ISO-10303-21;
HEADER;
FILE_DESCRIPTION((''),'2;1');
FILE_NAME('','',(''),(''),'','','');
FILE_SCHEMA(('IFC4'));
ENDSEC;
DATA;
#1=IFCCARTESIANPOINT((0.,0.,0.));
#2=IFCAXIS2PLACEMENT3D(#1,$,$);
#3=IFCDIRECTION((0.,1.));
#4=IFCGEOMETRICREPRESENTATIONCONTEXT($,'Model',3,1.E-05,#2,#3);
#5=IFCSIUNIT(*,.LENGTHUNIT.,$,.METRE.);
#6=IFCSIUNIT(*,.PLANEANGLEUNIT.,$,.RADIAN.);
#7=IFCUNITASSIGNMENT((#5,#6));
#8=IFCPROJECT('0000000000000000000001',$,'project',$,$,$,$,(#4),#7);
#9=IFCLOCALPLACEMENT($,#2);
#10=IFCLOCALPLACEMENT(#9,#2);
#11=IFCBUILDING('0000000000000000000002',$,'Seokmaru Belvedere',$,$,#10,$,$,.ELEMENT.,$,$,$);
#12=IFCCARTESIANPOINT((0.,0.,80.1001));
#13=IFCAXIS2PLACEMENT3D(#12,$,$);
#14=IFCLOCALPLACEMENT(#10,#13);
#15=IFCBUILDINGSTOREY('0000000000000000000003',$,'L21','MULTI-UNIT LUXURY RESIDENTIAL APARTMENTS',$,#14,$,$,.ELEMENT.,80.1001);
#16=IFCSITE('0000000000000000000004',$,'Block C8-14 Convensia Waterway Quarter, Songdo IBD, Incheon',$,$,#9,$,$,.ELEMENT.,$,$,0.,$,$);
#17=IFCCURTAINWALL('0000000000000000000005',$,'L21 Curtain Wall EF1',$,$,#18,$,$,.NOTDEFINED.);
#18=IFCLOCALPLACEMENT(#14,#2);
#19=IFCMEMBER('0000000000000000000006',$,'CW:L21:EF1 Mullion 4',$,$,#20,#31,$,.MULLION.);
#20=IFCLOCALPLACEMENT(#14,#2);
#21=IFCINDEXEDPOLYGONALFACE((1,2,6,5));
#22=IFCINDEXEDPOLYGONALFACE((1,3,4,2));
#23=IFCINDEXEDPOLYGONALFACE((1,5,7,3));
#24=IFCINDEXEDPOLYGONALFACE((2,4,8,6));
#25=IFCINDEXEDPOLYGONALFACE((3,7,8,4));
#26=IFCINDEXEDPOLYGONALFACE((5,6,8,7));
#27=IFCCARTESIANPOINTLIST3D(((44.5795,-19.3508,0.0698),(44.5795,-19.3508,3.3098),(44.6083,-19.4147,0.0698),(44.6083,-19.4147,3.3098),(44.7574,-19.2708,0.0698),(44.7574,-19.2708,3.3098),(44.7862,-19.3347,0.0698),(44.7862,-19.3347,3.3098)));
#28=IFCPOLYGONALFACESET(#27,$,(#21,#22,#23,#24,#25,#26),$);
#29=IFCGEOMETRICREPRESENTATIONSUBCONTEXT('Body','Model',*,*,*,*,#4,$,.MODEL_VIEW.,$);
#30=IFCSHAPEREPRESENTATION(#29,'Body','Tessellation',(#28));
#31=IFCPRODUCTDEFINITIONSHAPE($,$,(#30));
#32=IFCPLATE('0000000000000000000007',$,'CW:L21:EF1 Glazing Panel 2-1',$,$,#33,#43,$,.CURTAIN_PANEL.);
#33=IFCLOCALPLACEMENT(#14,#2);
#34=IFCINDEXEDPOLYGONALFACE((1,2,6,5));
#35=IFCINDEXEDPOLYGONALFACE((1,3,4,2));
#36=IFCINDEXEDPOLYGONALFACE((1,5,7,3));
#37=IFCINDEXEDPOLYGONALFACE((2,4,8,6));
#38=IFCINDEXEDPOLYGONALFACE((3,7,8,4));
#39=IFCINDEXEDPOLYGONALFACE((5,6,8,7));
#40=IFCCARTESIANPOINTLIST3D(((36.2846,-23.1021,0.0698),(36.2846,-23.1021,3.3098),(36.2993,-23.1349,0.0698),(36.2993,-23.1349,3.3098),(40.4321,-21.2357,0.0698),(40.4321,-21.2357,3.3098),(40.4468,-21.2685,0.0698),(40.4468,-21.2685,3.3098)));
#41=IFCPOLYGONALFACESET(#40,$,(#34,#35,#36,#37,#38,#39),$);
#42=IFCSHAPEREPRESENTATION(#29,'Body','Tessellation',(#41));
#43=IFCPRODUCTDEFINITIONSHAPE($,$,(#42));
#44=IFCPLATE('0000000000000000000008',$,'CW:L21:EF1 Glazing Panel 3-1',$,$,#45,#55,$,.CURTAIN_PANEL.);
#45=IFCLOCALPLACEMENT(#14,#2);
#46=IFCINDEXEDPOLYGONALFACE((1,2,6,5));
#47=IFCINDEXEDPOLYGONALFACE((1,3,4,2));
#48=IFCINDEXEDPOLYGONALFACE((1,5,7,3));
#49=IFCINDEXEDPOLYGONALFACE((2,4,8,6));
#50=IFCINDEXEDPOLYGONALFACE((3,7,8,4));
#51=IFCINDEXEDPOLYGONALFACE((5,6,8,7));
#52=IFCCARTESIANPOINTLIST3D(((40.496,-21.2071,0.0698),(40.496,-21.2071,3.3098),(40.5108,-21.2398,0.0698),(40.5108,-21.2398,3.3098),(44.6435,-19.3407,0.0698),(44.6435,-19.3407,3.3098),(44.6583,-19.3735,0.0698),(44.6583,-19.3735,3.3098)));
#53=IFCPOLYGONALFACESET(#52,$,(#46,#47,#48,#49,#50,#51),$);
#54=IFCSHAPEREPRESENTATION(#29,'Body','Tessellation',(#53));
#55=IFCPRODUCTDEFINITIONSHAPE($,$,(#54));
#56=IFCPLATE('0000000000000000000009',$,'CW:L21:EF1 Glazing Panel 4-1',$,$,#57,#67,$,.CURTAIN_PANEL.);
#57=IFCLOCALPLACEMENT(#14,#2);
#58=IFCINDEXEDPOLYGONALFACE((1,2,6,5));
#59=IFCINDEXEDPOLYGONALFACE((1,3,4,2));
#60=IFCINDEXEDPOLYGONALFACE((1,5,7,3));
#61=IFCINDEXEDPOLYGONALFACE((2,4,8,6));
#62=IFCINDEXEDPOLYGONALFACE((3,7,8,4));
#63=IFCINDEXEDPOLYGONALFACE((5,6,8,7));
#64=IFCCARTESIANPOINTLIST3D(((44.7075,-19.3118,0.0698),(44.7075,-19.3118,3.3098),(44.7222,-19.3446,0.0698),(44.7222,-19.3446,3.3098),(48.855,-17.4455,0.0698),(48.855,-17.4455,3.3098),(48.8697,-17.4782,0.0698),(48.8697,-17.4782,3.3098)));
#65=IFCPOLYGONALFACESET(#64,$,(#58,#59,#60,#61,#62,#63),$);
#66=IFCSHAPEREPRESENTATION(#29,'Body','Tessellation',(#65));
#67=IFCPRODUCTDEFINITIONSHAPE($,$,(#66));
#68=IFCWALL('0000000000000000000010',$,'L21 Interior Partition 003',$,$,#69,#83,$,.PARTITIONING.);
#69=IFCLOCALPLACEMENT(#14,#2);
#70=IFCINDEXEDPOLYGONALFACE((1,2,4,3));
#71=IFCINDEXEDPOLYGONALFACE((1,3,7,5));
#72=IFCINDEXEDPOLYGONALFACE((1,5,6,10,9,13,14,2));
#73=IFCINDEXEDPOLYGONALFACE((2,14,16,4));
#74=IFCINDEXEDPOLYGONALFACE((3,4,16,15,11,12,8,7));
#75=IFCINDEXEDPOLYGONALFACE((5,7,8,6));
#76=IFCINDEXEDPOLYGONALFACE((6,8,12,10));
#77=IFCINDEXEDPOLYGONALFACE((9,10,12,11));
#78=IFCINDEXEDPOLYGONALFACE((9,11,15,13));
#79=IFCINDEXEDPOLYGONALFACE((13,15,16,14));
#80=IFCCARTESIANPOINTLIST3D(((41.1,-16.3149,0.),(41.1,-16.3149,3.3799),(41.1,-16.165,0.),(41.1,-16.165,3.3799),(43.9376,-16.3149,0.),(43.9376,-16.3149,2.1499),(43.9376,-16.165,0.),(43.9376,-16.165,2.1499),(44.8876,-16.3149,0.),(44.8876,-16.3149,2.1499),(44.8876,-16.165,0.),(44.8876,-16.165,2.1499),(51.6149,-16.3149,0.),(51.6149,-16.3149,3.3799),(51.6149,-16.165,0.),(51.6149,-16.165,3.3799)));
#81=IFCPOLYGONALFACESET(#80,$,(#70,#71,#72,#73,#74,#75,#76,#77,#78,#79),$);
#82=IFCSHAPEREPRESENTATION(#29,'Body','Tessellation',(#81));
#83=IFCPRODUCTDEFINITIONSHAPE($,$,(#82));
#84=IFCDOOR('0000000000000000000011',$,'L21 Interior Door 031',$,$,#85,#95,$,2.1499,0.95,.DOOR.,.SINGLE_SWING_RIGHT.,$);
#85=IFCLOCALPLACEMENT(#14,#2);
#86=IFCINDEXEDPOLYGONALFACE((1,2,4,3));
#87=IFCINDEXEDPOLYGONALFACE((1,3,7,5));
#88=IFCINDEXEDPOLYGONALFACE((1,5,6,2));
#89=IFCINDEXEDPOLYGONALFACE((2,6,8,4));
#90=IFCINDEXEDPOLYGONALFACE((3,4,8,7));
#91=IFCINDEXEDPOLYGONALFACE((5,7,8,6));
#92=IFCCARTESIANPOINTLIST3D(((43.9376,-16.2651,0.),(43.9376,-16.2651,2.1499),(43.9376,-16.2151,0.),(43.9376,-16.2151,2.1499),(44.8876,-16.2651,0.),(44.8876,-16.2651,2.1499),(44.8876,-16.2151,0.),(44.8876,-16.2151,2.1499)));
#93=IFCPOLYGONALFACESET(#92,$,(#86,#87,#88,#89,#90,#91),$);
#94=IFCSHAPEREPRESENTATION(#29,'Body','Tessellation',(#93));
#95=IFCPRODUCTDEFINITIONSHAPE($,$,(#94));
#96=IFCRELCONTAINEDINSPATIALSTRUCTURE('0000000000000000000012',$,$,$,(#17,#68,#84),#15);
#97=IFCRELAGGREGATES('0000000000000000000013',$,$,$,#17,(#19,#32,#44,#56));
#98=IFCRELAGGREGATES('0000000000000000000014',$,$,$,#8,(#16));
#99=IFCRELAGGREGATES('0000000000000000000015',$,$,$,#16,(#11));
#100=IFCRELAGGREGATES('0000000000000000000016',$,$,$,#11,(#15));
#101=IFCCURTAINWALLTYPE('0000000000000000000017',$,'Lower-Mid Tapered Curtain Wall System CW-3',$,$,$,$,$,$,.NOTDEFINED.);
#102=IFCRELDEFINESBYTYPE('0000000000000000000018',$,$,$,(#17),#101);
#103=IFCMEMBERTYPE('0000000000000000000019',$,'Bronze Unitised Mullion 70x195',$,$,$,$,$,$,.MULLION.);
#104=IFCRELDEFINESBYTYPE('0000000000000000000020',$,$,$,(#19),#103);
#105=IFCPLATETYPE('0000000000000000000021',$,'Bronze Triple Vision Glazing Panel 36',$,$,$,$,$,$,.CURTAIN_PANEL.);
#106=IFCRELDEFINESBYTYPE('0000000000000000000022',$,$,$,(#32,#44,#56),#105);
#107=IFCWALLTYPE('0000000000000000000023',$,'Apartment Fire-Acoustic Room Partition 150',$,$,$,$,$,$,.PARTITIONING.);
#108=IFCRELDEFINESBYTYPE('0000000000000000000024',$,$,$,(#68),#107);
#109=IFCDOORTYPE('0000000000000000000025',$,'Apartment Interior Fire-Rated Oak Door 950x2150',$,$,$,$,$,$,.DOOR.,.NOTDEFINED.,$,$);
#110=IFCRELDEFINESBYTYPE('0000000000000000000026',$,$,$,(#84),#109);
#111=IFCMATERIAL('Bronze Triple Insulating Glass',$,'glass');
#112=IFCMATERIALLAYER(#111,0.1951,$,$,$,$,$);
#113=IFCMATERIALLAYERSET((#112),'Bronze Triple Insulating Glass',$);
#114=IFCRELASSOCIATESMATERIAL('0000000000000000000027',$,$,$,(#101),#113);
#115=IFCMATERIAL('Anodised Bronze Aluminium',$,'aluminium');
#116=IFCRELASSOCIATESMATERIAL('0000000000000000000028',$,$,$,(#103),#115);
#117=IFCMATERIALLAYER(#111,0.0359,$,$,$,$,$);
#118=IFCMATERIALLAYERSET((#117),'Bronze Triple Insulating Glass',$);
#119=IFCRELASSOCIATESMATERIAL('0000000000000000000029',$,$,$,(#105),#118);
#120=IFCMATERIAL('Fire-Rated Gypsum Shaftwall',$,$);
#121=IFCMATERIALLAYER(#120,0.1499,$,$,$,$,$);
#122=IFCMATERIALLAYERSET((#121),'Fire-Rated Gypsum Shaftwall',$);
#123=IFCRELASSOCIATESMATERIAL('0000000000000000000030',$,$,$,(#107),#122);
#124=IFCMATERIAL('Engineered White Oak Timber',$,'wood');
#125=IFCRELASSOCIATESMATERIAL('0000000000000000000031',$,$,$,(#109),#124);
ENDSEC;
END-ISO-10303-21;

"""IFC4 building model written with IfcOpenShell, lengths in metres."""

from ifc_helpers import new_model, si_unit, direction, frame, frame_2d, origin, origin_2d, place, context, subcontext, project, spatial, rectangle, extrude, source, transform, mapped, material, layer, layer_set, material_profile, profile_set, type_object, type_shapes, element, fill, aggregate, save


model = new_model("IFC4")

# Units and contexts
model_context = context("Model", 3, precision=1e-05, world=origin(), true_north=direction((0.0, 1.0)))
body_context = subcontext(model_context, "Body", "Model", "MODEL_VIEW")
ifc_project = project(units=[si_unit("LENGTHUNIT", "METRE"), si_unit("PLANEANGLEUNIT", "RADIAN")], contexts=[model_context])

# Site, building, storey
site_placement = place(None, origin())
site = spatial("IfcSite", under=ifc_project, at=site_placement, Name="Block C8-14 Convensia Waterway Quarter, Songdo IBD, Incheon", CompositionType="ELEMENT", RefElevation=0.0)
building_placement = place(site_placement, origin())
building = spatial("IfcBuilding", under=site, at=building_placement, Name="Seokmaru Belvedere", CompositionType="ELEMENT")
storey_placement = place(building_placement, frame((0.0, 0.0, 80.1001)))
storey = spatial("IfcBuildingStorey", under=building, at=storey_placement, Name="L21", Description="MULTI-UNIT LUXURY RESIDENTIAL APARTMENTS", CompositionType="ELEMENT", Elevation=80.1001)

# Curtain wall, member, plates
ifc_material_1 = material(Name="Bronze Triple Insulating Glass", Category="glass")
ifc_layer_1 = layer(ifc_material_1, 0.1951)
ifc_layer_set_1 = layer_set([ifc_layer_1], Name="Bronze Triple Insulating Glass")
curtain_wall_type = type_object("IfcCurtainWallType", Name="Lower-Mid Tapered Curtain Wall System CW-3", PredefinedType="NOTDEFINED", material=ifc_layer_set_1)
curtain_wall_placement = place(storey_placement, origin())
curtain_wall = element("IfcCurtainWall", 1, at=curtain_wall_placement, inside=storey, type_object=curtain_wall_type, Name="L21 Curtain Wall EF1", PredefinedType="NOTDEFINED")
ifc_material_2 = material(Name="Anodised Bronze Aluminium", Category="aluminium")
ifc_material_profile_1 = material_profile(ifc_material_2, rectangle(XDim=0.0701, YDim=0.1951, at=origin_2d()), Name="CW-M-70x195")
ifc_profile_set_1 = profile_set([ifc_material_profile_1], Name="Anodised Bronze Aluminium")
member_type = type_object("IfcMemberType", Name="Bronze Unitised Mullion 70x195", PredefinedType="MULLION", material=ifc_profile_set_1)
shared_shape_1 = source(origin(), body_context, "Body", "SweptSolid", [
    extrude(rectangle(XDim=0.0701, YDim=0.1951, at=origin_2d()), origin(), (0.0, 0.0, 1.0), 3.24),
])
type_shapes(member_type, [shared_shape_1])
member_1_placement = place(storey_placement, frame((44.6829, -19.3428, 0.0698), z_axis=(0.0, 0.0, 1.0), x_axis=(-0.410366, 0.911921, 0.0)))
member_1 = element("IfcMember", 2, at=member_1_placement, type_object=member_type, Name="CW:L21:EF1 Mullion 4", PredefinedType="MULLION", context=body_context, shape_type="MappedRepresentation", body=[
    mapped(shared_shape_1, transform((0.0, 0.0, 0.0), scale=1.0)),
])
ifc_layer_2 = layer(ifc_material_1, 0.0359)
ifc_layer_set_2 = layer_set([ifc_layer_2], Name="Bronze Triple Insulating Glass")
plate_type = type_object("IfcPlateType", Name="Bronze Triple Vision Glazing Panel 36", PredefinedType="CURTAIN_PANEL", material=ifc_layer_set_2)
shared_shape_2 = source(origin(), body_context, "Body", "SweptSolid", [
    extrude(rectangle(XDim=4.5481, YDim=0.0359, at=origin_2d()), origin(), (0.0, 0.0, 1.0), 3.24),
])
type_shapes(plate_type, [shared_shape_2])
plate_1_placement = place(storey_placement, frame((38.3657, -22.1853, 0.0698), z_axis=(0.0, 0.0, 1.0), x_axis=(0.911921, 0.410366, 0.0)))
plate_1 = element("IfcPlate", 3, at=plate_1_placement, type_object=plate_type, Name="CW:L21:EF1 Glazing Panel 2-1", PredefinedType="CURTAIN_PANEL", context=body_context, shape_type="MappedRepresentation", body=[
    mapped(shared_shape_2, transform((0.0, 0.0, 0.0), scale=1.0)),
])
plate_2_placement = place(storey_placement, frame((42.5771, -20.2903, 0.0698), z_axis=(0.0, 0.0, 1.0), x_axis=(0.911921, 0.410366, 0.0)))
plate_2 = element("IfcPlate", 4, at=plate_2_placement, type_object=plate_type, Name="CW:L21:EF1 Glazing Panel 3-1", PredefinedType="CURTAIN_PANEL", context=body_context, shape_type="MappedRepresentation", body=[
    mapped(shared_shape_2, transform((0.0, 0.0, 0.0), scale=1.0)),
])
plate_3_placement = place(storey_placement, frame((46.7886, -18.395, 0.0698), z_axis=(0.0, 0.0, 1.0), x_axis=(0.911921, 0.410366, 0.0)))
plate_3 = element("IfcPlate", 5, at=plate_3_placement, type_object=plate_type, Name="CW:L21:EF1 Glazing Panel 4-1", PredefinedType="CURTAIN_PANEL", context=body_context, shape_type="MappedRepresentation", body=[
    mapped(shared_shape_2, transform((0.0, 0.0, 0.0), scale=1.0)),
])
aggregate(curtain_wall, [member_1, plate_1, plate_2, plate_3])

# Wall, opening, door
ifc_material_3 = material(Name="Fire-Rated Gypsum Shaftwall")
ifc_layer_3 = layer(ifc_material_3, 0.1499)
ifc_layer_set_3 = layer_set([ifc_layer_3], Name="Fire-Rated Gypsum Shaftwall")
wall_type_1 = type_object("IfcWallType", Name="Apartment Fire-Acoustic Room Partition 150", PredefinedType="PARTITIONING", material=ifc_layer_set_3)
wall_1_placement = place(storey_placement, frame((41.1001, -16.24, 0.0), z_axis=(0.0, 0.0, 1.0), x_axis=(1.0, 0.0, 0.0)))
wall_1 = element("IfcWall", 6, at=wall_1_placement, inside=storey, type_object=wall_type_1, Name="L21 Interior Partition 003", PredefinedType="PARTITIONING", context=body_context, shape_type="SweptSolid", body=[
    extrude(rectangle(XDim=10.5149, YDim=0.1499, at=frame_2d((5.2573, 0.0))), origin(), (0.0, 0.0, 1.0), 3.3799),
])
opening_1_placement = place(wall_1_placement, frame((2.8374, 0.0, 0.0)))
opening_1 = element("IfcOpeningElement", 7, at=opening_1_placement, cuts=wall_1, PredefinedType="OPENING", context=body_context, shape_type="SweptSolid", body=[
    extrude(rectangle(XDim=0.95, YDim=2.1499, at=frame_2d((0.4751, 1.075))), frame((0.0, 0.085, 0.0), z_axis=(0.0, -1.0, 0.0), x_axis=(1.0, 0.0, 0.0)), (0.0, 0.0, 1.0), 0.1699),
])
ifc_material_4 = material(Name="Engineered White Oak Timber", Category="wood")
door_type_1 = type_object("IfcDoorType", Name="Apartment Interior Fire-Rated Oak Door 950x2150", OperationType="NOTDEFINED", PredefinedType="DOOR", material=ifc_material_4)
shared_shape_3 = source(origin(), body_context, "Body", "SweptSolid", [
    extrude(rectangle(XDim=0.95, YDim=2.1499, at=frame_2d((0.4751, 1.075))), frame((0.0, 0.0249, 0.0), z_axis=(0.0, -1.0, 0.0), x_axis=(1.0, 0.0, 0.0)), (0.0, 0.0, 1.0), 0.05),
])
type_shapes(door_type_1, [shared_shape_3])
door_1_placement = place(opening_1_placement, origin())
door_1 = element("IfcDoor", 8, at=door_1_placement, inside=storey, type_object=door_type_1, Name="L21 Interior Door 031", OperationType="SINGLE_SWING_RIGHT", OverallHeight=2.1499, OverallWidth=0.95, PredefinedType="DOOR", context=body_context, shape_type="MappedRepresentation", body=[
    mapped(shared_shape_3, transform((0.0, 0.0, 0.0), scale=1.0)),
])
fill(opening_1, door_1)

save(model, "model.ifc")
